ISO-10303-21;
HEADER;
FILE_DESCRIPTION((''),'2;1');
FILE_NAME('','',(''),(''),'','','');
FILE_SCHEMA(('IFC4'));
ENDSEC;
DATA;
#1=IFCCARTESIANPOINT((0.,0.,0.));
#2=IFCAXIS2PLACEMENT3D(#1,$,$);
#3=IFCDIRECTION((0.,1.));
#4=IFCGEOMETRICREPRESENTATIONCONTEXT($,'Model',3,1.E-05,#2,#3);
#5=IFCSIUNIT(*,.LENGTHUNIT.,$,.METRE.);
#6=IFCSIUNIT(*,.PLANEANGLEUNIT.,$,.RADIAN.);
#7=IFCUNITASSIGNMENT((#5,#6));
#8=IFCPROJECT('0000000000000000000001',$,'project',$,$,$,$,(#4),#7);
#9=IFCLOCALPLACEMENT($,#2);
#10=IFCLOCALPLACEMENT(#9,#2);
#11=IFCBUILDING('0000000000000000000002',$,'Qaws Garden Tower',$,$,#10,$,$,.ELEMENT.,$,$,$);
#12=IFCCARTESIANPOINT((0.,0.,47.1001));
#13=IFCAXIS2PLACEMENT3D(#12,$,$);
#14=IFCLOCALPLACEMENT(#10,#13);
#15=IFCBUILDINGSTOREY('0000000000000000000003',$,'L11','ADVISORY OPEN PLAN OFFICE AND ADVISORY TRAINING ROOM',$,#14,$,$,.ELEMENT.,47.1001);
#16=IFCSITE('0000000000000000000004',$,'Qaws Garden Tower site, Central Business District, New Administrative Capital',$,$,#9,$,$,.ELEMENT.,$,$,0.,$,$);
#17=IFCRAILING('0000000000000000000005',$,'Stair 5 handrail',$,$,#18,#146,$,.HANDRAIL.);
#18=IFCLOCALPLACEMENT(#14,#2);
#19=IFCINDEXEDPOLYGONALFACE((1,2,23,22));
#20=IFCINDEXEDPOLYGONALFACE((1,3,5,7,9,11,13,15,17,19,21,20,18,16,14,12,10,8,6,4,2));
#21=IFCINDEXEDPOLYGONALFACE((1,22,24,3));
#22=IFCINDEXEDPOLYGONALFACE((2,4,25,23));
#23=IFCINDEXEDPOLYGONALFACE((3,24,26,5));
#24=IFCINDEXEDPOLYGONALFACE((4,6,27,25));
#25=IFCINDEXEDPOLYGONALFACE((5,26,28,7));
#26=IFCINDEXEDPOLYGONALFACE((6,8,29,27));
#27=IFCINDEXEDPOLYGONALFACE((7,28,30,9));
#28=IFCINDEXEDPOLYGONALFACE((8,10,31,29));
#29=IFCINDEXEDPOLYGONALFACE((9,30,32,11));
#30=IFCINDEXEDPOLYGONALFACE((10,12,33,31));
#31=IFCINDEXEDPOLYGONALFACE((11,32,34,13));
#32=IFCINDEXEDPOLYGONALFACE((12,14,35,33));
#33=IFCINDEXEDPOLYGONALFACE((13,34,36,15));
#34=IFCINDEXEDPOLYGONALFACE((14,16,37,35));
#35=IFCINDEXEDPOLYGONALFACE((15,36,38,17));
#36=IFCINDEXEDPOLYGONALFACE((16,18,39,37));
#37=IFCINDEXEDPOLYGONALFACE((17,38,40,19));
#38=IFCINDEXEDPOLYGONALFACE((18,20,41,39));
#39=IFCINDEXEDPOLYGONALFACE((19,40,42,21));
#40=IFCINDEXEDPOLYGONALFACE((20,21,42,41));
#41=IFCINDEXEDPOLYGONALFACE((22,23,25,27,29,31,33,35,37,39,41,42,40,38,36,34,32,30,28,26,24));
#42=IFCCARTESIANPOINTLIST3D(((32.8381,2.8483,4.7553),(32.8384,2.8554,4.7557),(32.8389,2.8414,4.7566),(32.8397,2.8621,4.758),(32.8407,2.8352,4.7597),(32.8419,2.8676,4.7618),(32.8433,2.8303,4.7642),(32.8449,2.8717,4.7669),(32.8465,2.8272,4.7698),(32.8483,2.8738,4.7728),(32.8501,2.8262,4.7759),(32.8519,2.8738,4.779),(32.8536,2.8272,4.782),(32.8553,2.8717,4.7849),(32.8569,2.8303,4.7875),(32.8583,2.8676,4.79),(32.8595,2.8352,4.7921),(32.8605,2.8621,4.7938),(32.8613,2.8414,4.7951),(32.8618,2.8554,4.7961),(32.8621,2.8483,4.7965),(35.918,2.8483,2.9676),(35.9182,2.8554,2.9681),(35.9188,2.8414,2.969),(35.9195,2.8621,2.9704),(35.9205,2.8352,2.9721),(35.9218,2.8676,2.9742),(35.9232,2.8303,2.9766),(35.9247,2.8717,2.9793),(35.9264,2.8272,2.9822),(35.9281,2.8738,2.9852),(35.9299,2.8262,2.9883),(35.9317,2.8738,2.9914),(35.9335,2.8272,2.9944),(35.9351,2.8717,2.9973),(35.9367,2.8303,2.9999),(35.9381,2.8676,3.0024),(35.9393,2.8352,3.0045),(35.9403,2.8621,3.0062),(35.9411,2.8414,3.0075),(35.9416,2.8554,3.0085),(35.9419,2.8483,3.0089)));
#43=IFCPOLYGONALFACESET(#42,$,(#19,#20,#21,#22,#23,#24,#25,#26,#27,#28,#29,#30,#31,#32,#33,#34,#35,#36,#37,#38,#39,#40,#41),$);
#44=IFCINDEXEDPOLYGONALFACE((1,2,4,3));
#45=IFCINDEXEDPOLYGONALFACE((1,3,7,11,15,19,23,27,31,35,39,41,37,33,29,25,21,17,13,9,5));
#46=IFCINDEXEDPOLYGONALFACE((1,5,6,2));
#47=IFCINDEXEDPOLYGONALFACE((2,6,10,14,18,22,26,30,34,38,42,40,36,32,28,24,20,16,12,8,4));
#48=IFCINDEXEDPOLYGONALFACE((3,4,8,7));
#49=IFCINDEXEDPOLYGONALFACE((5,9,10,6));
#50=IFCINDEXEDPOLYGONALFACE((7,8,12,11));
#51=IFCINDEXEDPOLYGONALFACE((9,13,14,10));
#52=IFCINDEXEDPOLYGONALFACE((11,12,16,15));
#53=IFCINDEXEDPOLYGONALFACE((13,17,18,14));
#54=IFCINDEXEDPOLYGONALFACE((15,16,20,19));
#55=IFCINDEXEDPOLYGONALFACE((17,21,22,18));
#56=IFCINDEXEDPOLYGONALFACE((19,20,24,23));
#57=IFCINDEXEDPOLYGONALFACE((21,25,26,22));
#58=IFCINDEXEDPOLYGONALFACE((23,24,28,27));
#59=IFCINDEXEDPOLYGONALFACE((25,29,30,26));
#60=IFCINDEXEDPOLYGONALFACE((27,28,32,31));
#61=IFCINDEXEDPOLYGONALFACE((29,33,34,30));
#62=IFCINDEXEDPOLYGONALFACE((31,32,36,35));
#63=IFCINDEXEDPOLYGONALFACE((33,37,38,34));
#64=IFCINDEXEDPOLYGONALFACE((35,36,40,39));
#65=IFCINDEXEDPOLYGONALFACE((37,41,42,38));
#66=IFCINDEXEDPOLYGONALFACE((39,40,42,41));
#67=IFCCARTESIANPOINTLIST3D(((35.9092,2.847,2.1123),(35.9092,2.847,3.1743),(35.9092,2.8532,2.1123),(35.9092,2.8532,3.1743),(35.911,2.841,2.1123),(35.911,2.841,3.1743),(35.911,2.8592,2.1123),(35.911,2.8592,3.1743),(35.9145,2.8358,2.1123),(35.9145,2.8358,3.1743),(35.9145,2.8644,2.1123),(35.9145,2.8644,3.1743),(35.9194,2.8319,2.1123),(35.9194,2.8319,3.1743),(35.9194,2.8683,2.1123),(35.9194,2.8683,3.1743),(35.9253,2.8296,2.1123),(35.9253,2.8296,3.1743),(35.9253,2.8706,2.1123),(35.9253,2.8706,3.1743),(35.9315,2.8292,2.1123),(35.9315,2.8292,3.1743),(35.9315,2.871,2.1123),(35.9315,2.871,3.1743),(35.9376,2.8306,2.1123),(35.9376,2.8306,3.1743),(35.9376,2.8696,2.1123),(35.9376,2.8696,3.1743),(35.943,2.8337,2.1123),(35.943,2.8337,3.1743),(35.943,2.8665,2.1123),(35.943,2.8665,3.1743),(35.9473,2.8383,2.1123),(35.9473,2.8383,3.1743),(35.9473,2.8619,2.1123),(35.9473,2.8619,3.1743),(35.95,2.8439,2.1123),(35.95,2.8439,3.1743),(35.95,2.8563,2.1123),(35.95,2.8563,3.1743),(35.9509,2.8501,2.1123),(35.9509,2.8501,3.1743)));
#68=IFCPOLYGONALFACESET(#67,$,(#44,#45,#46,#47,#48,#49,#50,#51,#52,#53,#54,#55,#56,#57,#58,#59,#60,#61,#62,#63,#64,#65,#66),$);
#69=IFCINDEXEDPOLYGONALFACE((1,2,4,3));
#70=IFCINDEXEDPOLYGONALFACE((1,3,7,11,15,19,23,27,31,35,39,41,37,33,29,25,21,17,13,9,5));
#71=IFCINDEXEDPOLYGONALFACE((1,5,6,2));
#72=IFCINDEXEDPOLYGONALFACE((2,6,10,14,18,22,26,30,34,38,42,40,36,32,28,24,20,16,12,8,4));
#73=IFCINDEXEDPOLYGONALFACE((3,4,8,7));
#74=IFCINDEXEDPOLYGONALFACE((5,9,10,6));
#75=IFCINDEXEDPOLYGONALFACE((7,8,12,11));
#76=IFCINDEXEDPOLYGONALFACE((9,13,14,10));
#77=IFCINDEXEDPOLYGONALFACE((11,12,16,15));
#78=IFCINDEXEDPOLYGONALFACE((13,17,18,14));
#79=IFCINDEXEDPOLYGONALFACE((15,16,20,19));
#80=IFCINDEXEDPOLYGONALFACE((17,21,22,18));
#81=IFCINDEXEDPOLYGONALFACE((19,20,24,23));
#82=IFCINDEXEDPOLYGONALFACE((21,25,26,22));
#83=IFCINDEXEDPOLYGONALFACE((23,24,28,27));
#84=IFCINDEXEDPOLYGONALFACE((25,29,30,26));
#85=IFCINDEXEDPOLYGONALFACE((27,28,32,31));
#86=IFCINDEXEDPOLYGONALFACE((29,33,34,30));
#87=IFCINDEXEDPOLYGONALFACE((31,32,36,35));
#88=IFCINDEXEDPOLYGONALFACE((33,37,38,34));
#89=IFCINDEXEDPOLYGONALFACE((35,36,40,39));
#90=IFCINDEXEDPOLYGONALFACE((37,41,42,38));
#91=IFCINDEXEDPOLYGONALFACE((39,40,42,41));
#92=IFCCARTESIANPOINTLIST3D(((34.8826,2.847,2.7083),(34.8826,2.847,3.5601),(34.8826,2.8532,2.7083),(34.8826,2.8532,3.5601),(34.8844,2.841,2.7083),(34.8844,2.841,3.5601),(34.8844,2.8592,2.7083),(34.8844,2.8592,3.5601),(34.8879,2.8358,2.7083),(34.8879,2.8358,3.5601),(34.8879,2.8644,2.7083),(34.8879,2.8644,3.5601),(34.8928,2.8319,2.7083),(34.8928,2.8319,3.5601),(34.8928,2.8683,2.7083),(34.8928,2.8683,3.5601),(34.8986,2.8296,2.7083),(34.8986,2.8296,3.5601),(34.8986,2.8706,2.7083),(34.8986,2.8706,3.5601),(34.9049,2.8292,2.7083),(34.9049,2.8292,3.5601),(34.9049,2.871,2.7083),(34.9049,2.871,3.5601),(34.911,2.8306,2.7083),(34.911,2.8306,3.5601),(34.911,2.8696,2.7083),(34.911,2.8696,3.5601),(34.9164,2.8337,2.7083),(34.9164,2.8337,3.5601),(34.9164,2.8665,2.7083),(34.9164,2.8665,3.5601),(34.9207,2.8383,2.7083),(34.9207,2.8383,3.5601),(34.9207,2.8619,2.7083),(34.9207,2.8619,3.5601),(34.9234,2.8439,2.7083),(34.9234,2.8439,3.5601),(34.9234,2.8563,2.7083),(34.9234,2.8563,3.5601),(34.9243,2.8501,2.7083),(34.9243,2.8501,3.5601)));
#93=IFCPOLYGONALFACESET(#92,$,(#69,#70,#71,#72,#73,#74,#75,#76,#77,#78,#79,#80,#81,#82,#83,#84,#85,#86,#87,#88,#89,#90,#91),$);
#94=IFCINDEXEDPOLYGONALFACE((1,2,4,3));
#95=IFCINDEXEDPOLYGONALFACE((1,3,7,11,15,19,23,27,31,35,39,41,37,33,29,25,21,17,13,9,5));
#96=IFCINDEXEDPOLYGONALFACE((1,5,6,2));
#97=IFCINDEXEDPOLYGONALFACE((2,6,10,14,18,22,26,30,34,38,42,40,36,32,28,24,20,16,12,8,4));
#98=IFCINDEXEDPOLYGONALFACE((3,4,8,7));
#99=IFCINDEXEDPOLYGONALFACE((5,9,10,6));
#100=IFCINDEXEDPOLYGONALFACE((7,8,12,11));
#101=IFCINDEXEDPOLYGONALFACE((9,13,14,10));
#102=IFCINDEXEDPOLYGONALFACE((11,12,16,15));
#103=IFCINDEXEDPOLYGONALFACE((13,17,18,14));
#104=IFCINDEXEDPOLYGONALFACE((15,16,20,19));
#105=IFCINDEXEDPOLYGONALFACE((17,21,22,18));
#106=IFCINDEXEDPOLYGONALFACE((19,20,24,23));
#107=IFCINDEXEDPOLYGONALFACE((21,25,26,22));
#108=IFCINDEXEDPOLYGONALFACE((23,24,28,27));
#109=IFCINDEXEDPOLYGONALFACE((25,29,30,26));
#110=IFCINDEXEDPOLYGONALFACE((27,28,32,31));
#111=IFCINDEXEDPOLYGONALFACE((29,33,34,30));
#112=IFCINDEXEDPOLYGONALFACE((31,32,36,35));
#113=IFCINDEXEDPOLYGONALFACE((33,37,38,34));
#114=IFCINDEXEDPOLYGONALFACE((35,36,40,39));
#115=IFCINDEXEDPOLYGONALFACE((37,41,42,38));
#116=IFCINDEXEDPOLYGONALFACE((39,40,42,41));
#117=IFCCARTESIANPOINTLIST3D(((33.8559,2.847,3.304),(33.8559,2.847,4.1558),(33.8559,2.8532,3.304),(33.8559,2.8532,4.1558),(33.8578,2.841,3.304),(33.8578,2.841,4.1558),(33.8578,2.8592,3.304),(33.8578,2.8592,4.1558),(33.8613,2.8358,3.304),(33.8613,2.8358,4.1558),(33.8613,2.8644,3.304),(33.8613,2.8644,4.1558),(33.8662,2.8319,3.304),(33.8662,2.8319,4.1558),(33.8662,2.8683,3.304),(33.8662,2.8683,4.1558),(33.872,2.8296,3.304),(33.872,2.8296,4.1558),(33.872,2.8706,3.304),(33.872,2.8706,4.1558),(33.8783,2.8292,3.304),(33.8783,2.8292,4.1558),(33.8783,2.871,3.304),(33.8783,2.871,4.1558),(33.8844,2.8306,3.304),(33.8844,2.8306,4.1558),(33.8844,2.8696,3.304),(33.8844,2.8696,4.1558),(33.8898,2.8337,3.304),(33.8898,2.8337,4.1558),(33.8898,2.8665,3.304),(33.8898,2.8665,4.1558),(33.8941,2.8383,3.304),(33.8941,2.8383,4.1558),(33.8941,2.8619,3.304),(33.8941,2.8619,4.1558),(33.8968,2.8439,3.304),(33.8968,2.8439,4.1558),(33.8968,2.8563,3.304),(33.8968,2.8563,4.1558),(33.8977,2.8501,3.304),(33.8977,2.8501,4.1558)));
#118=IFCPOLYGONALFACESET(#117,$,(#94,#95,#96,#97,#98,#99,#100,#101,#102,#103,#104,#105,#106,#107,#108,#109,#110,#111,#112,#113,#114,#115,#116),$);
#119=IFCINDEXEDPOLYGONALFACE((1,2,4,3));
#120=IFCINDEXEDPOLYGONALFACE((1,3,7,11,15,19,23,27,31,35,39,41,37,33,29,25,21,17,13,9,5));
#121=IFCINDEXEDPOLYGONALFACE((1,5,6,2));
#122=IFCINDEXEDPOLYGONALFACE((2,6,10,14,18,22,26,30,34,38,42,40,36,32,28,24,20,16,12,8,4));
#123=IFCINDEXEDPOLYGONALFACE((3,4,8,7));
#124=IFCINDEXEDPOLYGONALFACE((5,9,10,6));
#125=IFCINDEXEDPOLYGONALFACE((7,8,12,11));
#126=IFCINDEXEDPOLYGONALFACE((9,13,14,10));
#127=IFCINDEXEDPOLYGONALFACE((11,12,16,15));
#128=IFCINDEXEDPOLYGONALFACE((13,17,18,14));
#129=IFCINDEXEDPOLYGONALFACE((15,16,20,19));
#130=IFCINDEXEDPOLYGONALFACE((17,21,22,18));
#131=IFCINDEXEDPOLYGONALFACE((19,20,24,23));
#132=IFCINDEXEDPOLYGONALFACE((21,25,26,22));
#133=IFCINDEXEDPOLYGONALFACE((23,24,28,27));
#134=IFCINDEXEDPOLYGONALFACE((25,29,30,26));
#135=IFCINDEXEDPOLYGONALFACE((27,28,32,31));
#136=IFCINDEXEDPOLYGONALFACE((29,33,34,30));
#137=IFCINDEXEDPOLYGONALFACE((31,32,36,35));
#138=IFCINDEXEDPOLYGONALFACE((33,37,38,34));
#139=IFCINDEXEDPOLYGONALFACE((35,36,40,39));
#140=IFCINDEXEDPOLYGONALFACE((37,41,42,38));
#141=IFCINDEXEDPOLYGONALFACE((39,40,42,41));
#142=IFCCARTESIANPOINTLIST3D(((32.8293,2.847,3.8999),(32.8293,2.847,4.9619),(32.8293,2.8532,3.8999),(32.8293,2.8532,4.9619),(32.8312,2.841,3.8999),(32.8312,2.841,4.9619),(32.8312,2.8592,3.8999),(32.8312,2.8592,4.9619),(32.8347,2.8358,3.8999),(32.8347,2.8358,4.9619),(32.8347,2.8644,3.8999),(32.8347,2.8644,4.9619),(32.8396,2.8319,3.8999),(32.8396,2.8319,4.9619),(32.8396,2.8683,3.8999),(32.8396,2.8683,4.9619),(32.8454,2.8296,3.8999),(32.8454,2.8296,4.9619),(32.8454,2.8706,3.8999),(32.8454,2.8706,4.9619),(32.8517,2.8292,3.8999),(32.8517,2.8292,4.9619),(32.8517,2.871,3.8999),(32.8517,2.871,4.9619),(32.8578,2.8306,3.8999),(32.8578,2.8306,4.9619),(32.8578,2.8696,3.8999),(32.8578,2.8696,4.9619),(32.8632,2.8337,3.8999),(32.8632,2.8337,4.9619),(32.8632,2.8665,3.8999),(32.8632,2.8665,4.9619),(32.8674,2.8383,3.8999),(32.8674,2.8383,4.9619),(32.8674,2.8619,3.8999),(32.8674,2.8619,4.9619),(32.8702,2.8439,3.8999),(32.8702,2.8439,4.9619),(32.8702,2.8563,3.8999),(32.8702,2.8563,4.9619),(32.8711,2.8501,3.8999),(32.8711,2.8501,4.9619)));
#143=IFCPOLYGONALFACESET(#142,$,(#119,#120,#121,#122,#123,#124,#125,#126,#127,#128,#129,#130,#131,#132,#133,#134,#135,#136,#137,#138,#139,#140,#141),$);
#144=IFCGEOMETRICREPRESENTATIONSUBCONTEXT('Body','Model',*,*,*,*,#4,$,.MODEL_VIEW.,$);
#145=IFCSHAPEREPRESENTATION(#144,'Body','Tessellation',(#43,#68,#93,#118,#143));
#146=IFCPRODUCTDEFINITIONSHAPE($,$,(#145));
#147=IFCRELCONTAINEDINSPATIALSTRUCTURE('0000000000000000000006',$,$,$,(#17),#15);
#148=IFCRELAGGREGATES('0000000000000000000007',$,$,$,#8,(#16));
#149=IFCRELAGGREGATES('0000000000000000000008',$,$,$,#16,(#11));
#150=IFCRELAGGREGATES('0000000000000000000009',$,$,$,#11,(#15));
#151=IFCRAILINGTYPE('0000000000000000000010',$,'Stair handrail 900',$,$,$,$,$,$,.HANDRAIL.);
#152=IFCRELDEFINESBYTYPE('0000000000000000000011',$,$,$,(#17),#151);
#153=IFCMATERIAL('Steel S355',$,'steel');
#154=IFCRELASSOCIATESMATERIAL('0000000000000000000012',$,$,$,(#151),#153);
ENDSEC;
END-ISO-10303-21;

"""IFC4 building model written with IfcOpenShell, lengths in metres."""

from ifc_helpers import new_model, si_unit, direction, frame, origin, origin_2d, place, context, subcontext, project, spatial, circle, extrude, material, type_object, element, save


model = new_model("IFC4")

# Units and contexts
model_context = context("Model", 3, precision=1e-05, world=origin(), true_north=direction((0.0, 1.0)))
body_context = subcontext(model_context, "Body", "Model", "MODEL_VIEW")
ifc_project = project(units=[si_unit("LENGTHUNIT", "METRE"), si_unit("PLANEANGLEUNIT", "RADIAN")], contexts=[model_context])

# Site, building, storey
site_placement = place(None, origin())
site = spatial("IfcSite", under=ifc_project, at=site_placement, Name="Qaws Garden Tower site, Central Business District, New Administrative Capital", CompositionType="ELEMENT", RefElevation=0.0)
building_placement = place(site_placement, origin())
building = spatial("IfcBuilding", under=site, at=building_placement, Name="Qaws Garden Tower", CompositionType="ELEMENT")
storey_placement = place(building_placement, frame((0.0, 0.0, 47.1001)))
storey = spatial("IfcBuildingStorey", under=building, at=storey_placement, Name="L11", Description="ADVISORY OPEN PLAN OFFICE AND ADVISORY TRAINING ROOM", CompositionType="ELEMENT", Elevation=47.1001)

# Railing
ifc_material_1 = material(Name="Steel S355", Category="steel")
railing_type = type_object("IfcRailingType", Name="Stair handrail 900", PredefinedType="HANDRAIL", material=ifc_material_1)
railing_1_placement = place(storey_placement, frame((35.9299, 2.8501, 2.1123)))
element("IfcRailing", 1, at=railing_1_placement, inside=storey, type_object=railing_type, Name="Stair 5 handrail", PredefinedType="HANDRAIL", context=body_context, shape_type="SweptSolid", body=[
    extrude(circle(Radius=0.0239, at=origin_2d()), frame((0.0, 0.0, 0.876), z_axis=(-0.864873, 0.0, 0.50199), x_axis=(0.0, -1.0, 0.0)), (0.0, 0.0, 1.0), 3.561),
    extrude(circle(Radius=0.021, at=origin_2d()), origin(), (0.0, 0.0, 1.0), 1.062),
    extrude(circle(Radius=0.021, at=origin_2d()), frame((-1.0266, 0.0, 0.5959)), (0.0, 0.0, 1.0), 0.8518),
    extrude(circle(Radius=0.021, at=origin_2d()), frame((-2.0532, 0.0, 1.1917)), (0.0, 0.0, 1.0), 0.8518),
    extrude(circle(Radius=0.021, at=origin_2d()), frame((-3.0798, 0.0, 1.7876)), (0.0, 0.0, 1.0), 1.062),
])

save(model, "model.ifc")
